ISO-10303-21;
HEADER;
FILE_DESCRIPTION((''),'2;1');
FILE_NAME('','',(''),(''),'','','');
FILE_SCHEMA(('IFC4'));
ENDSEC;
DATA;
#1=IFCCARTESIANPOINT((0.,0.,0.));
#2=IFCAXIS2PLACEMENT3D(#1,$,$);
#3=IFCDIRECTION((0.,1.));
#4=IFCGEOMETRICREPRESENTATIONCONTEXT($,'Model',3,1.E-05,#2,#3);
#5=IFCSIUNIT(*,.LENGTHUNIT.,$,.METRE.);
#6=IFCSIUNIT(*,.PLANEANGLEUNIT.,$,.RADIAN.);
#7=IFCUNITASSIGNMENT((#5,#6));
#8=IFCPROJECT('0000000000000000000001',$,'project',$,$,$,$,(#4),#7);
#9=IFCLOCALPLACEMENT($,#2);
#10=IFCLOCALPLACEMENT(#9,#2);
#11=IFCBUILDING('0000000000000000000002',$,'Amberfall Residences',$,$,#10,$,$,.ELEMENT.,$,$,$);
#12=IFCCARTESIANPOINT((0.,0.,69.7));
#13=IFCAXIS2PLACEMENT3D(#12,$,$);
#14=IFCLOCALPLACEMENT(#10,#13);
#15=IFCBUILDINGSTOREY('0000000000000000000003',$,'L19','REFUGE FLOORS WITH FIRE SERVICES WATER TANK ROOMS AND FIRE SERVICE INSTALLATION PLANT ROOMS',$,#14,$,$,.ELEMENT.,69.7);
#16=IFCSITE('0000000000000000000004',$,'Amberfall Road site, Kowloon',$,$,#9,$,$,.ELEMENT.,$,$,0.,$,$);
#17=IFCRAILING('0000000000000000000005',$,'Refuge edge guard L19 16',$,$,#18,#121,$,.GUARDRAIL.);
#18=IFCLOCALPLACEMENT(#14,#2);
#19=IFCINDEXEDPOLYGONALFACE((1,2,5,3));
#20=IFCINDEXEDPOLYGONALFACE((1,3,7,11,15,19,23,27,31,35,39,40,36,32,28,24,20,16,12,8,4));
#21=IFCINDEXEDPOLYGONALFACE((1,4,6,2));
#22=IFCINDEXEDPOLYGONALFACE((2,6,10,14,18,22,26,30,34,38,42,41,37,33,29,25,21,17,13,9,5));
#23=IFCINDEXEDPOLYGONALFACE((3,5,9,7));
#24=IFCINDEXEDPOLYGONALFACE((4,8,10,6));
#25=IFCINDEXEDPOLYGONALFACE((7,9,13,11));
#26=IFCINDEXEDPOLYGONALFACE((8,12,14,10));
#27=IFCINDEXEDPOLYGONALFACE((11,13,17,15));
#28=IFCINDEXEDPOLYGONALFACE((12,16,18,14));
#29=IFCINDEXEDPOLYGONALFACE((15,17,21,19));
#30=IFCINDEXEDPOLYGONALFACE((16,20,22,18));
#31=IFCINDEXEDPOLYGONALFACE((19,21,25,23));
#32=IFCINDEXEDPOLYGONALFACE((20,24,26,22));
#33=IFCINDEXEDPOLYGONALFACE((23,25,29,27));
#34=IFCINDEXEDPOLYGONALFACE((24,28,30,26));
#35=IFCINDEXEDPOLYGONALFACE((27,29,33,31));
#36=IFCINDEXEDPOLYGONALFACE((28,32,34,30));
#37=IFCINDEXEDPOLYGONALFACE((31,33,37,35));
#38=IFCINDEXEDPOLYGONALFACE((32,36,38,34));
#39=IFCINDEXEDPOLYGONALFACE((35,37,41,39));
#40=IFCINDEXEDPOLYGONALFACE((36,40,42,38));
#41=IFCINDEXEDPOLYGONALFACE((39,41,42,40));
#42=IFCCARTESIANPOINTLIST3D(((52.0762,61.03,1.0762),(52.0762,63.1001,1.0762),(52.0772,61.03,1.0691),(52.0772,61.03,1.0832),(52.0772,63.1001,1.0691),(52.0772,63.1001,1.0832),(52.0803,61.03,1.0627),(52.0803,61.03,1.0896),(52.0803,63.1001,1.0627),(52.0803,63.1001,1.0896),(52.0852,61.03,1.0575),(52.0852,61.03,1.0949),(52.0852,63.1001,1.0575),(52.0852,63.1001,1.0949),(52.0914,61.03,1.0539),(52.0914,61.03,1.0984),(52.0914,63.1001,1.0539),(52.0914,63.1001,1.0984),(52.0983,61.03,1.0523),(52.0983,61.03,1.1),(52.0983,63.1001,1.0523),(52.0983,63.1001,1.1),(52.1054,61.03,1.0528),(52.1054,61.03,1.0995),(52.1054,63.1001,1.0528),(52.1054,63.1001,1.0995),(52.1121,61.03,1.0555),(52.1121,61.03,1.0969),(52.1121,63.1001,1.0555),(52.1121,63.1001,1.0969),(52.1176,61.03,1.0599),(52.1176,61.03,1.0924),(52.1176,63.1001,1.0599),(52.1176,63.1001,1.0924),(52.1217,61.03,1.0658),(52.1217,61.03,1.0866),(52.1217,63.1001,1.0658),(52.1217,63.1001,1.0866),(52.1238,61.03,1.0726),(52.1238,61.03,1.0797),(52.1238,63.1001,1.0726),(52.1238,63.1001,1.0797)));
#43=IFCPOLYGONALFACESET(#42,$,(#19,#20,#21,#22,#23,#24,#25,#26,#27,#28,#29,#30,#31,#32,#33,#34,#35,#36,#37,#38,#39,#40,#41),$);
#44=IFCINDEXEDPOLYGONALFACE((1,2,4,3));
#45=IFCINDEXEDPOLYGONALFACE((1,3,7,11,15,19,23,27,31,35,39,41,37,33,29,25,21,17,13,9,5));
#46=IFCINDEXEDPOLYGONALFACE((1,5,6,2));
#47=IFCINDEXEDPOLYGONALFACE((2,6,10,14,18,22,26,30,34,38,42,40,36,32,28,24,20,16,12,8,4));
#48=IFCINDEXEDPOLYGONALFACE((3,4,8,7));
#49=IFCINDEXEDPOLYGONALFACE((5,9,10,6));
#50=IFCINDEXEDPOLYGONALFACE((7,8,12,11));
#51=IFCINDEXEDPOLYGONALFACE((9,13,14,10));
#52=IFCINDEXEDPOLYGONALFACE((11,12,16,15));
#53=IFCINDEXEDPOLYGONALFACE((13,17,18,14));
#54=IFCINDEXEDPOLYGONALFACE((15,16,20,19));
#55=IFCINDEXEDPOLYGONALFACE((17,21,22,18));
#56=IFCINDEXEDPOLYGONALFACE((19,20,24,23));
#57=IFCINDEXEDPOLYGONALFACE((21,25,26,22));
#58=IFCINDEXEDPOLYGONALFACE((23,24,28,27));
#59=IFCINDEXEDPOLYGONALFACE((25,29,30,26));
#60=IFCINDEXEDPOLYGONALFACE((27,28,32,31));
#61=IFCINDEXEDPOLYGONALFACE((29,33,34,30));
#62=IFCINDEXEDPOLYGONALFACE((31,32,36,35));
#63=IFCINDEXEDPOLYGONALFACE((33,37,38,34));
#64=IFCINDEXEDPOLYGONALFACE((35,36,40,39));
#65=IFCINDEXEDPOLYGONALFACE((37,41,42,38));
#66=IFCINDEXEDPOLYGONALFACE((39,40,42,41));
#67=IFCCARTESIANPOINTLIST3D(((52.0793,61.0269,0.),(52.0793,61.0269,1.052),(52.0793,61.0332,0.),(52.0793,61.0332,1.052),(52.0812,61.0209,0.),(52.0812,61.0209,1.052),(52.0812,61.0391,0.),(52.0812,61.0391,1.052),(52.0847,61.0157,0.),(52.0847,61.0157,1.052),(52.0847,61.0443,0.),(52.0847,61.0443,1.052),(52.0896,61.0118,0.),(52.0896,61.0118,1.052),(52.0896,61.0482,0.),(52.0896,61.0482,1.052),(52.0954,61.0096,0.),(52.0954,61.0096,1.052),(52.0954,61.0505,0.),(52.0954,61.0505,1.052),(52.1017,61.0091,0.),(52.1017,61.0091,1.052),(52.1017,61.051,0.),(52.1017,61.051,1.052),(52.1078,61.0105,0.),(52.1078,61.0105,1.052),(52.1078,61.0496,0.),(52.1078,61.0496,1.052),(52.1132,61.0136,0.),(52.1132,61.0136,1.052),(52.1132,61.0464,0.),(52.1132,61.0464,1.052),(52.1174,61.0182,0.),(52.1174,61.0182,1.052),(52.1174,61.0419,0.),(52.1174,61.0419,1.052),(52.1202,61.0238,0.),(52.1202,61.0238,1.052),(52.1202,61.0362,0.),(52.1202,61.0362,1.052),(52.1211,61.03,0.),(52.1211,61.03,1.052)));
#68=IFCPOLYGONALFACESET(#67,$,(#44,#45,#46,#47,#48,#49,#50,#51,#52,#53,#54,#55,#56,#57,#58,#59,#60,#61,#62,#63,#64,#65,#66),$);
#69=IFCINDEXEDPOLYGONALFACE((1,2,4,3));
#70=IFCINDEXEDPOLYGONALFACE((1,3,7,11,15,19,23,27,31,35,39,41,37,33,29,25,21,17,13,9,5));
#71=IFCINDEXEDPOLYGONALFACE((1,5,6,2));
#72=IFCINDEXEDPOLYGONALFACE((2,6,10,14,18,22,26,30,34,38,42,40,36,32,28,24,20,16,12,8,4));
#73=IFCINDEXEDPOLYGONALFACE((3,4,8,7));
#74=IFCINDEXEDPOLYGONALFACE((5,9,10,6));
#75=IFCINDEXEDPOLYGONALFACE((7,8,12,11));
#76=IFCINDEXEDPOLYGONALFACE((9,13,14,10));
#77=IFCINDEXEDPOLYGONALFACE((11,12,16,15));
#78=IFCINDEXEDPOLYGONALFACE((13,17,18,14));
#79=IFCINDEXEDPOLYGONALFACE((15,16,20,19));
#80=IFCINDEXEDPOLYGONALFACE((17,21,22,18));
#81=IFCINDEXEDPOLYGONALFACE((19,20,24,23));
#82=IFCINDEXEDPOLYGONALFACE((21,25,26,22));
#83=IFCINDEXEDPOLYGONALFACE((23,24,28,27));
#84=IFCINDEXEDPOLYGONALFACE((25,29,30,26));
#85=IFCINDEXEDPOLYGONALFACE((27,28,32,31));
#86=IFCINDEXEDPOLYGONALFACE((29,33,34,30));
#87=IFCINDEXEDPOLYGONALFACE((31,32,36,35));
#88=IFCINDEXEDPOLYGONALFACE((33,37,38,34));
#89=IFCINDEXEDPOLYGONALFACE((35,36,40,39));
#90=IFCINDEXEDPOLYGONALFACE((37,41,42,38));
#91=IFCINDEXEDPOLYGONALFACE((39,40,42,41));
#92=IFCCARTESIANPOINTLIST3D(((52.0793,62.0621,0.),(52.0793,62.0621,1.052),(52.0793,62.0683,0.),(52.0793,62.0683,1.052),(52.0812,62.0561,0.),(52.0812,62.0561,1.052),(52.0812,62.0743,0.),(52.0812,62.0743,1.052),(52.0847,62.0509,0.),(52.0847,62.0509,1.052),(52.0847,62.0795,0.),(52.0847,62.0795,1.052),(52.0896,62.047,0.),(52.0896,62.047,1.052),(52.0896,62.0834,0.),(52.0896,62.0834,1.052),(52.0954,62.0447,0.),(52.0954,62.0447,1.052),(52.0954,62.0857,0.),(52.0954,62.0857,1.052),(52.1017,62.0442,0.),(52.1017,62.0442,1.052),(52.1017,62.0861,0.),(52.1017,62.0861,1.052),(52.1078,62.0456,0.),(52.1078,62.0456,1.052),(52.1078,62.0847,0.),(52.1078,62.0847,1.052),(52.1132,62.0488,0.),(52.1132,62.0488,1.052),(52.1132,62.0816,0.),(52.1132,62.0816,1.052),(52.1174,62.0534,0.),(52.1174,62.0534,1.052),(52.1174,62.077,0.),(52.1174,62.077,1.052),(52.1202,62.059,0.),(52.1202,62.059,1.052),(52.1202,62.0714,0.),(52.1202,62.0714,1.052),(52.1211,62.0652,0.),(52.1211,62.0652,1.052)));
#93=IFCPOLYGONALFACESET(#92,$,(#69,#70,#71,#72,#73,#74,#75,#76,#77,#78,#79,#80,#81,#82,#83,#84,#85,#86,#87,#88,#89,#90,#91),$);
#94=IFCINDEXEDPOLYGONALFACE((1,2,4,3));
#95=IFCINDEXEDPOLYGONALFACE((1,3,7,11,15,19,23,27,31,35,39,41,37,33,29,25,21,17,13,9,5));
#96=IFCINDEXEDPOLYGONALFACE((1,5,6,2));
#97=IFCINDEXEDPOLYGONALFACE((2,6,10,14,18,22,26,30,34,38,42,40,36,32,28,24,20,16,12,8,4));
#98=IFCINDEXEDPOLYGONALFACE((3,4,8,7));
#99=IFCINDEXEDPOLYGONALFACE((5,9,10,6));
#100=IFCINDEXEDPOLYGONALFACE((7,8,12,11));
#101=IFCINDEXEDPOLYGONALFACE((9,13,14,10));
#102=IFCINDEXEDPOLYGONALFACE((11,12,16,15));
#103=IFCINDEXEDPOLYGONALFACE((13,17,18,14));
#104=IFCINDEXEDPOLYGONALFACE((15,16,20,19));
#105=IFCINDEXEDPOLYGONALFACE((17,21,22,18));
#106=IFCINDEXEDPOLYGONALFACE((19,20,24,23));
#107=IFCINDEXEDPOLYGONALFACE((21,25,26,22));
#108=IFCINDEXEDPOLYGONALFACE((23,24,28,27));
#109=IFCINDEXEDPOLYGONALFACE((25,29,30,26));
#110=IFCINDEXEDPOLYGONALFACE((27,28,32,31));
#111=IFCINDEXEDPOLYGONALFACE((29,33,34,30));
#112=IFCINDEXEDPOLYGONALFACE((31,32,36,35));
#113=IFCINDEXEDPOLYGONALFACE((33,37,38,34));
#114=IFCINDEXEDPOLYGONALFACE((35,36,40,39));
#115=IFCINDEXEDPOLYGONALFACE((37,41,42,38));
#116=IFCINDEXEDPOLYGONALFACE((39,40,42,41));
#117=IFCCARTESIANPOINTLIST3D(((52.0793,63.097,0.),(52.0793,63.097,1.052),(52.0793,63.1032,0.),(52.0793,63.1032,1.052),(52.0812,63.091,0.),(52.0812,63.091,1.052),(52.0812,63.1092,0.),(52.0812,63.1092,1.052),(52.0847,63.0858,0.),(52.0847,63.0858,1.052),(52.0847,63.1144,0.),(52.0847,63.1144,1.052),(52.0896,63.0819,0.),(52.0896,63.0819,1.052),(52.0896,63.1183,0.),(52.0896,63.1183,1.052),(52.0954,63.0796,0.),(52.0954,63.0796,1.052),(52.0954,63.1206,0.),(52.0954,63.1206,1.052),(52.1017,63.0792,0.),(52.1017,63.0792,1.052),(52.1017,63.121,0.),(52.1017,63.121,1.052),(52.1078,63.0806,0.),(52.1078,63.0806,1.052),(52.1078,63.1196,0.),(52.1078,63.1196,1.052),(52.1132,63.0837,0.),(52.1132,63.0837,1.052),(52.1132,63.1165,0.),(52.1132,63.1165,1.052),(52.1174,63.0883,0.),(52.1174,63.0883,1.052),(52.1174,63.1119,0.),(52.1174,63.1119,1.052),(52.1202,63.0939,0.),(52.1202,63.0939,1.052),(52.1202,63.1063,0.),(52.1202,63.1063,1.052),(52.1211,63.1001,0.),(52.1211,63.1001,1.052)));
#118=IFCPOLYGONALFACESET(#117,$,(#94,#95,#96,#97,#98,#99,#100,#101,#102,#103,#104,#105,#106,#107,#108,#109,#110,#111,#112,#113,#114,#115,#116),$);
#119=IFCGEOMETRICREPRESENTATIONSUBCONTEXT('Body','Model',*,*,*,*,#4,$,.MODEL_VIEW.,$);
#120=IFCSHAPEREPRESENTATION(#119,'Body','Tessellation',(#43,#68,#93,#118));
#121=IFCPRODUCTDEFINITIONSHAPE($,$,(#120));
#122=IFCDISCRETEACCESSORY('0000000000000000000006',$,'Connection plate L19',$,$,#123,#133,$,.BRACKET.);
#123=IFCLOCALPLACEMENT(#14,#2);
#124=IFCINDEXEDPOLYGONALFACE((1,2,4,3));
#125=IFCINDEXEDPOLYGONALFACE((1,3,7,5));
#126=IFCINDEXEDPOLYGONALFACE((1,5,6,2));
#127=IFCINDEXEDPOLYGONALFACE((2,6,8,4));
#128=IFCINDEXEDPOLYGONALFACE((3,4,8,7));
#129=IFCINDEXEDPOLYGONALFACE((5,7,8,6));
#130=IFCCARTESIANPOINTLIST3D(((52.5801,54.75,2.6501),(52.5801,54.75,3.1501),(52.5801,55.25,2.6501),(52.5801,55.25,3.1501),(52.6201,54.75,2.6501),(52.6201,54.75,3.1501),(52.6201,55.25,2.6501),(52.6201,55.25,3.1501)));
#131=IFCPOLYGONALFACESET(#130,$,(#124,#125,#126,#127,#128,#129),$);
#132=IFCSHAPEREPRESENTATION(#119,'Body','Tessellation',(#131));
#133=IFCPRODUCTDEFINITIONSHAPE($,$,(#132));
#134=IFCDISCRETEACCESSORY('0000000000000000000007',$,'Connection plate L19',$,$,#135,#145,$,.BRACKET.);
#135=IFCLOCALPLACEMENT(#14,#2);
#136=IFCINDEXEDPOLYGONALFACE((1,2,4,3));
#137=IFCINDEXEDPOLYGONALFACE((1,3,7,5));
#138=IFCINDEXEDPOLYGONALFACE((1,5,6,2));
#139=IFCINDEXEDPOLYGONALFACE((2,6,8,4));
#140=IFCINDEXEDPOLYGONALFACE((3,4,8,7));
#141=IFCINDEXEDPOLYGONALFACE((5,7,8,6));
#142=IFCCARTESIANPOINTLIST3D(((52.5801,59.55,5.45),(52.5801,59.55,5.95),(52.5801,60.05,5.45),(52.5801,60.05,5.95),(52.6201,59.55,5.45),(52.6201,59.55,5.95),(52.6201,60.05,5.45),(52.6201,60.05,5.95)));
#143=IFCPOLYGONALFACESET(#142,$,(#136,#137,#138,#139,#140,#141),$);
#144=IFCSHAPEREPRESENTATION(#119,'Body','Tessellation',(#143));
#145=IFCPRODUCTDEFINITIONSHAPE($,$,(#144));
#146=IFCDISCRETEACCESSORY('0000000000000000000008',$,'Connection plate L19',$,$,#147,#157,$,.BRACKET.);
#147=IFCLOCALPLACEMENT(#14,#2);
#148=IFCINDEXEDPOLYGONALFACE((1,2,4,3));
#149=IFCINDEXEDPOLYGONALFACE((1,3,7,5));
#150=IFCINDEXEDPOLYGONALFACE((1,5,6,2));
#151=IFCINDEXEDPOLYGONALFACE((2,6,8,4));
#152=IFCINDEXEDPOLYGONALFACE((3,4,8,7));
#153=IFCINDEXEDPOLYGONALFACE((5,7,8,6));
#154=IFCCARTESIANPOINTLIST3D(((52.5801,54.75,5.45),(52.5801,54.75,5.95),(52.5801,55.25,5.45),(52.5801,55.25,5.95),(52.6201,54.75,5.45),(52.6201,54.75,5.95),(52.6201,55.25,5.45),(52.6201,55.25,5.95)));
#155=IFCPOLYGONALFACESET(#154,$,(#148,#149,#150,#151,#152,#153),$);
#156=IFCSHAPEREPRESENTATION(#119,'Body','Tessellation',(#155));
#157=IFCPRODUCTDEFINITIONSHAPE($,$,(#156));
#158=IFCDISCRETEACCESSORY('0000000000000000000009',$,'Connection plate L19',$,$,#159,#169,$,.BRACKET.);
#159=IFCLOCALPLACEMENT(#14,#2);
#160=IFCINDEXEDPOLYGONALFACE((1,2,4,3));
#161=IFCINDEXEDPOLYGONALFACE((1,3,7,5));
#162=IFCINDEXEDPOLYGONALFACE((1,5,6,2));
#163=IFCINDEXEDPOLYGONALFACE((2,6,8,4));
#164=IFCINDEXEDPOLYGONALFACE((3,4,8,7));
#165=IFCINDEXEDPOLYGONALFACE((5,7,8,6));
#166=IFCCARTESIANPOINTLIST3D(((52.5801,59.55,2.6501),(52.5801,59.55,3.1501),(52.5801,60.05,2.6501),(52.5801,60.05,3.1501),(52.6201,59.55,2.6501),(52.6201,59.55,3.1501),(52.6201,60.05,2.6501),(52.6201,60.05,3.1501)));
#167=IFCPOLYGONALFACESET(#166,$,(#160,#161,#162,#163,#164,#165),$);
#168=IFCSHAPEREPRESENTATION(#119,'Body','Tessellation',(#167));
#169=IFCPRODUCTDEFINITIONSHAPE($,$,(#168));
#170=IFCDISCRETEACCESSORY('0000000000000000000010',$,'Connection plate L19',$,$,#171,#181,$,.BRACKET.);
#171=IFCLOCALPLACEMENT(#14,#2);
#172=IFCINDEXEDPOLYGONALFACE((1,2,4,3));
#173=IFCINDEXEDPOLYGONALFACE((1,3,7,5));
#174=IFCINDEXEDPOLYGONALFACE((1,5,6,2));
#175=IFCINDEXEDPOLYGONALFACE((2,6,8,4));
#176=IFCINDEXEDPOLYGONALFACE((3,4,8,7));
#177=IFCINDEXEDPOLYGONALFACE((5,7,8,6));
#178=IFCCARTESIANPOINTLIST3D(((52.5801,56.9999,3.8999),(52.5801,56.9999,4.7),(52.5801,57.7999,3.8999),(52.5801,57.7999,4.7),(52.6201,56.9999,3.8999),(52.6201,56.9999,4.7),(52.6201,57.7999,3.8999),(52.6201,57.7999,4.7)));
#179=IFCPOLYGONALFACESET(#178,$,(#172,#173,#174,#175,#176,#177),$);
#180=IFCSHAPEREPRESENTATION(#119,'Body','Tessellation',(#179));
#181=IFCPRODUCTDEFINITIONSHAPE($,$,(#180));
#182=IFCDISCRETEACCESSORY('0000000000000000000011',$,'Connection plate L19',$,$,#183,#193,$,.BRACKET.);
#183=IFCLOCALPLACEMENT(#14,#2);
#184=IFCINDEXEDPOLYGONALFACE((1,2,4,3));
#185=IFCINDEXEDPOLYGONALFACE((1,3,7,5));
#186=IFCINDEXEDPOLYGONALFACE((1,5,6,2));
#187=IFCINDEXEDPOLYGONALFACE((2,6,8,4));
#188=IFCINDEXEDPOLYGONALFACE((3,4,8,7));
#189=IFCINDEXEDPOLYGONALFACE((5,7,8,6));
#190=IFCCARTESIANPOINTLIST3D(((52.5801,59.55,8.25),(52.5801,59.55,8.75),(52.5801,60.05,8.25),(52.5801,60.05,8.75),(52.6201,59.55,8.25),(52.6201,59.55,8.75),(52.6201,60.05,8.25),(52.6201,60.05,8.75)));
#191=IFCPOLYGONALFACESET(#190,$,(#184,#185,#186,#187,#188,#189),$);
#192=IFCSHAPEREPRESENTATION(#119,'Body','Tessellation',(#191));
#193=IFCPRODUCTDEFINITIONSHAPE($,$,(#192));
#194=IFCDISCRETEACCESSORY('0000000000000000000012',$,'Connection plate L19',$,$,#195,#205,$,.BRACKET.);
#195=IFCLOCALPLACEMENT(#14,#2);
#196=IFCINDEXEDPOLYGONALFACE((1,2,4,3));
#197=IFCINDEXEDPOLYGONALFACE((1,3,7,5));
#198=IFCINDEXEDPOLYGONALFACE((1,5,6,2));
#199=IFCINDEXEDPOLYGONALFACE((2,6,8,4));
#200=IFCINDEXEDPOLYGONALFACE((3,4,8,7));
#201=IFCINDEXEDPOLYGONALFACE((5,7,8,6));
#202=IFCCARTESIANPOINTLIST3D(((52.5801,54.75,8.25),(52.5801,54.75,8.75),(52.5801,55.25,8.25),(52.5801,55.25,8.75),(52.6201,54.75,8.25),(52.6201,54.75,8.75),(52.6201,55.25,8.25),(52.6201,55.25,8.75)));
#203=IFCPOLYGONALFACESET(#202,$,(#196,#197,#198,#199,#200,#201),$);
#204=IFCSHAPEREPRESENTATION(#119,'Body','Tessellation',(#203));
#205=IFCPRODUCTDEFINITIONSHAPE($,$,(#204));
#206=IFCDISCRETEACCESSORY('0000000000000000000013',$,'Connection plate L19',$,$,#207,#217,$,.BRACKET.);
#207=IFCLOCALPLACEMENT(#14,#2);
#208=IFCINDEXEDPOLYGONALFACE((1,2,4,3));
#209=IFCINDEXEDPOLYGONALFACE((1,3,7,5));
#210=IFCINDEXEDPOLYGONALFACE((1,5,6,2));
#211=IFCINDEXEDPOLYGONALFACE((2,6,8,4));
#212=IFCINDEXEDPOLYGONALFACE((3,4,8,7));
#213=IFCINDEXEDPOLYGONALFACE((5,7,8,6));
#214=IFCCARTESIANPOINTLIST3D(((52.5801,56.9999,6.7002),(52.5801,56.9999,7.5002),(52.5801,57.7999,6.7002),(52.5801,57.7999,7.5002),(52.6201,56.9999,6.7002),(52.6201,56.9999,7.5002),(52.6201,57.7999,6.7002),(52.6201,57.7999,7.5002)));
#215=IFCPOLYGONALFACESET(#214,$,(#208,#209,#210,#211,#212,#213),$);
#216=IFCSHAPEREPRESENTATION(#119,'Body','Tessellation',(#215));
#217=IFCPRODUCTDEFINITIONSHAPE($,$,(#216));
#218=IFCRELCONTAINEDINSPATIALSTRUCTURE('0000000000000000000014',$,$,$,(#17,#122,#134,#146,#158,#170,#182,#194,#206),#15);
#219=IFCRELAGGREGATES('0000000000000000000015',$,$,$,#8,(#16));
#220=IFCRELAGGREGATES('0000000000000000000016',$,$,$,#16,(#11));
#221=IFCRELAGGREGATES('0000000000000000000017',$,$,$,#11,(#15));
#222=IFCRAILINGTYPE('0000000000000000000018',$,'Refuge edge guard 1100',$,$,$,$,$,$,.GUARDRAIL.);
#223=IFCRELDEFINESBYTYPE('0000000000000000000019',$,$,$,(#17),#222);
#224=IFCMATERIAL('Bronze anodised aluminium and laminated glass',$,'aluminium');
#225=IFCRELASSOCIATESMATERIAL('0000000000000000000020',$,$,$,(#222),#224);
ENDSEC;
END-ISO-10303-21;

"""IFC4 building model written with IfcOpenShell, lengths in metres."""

from ifc_helpers import new_model, si_unit, direction, frame, origin, origin_2d, place, context, subcontext, project, spatial, rectangle, circle, extrude, material, type_object, element, save


model = new_model("IFC4")

# Units and contexts
model_context = context("Model", 3, precision=1e-05, world=origin(), true_north=direction((0.0, 1.0)))
body_context = subcontext(model_context, "Body", "Model", "MODEL_VIEW")
ifc_project = project(units=[si_unit("LENGTHUNIT", "METRE"), si_unit("PLANEANGLEUNIT", "RADIAN")], contexts=[model_context])

# Site, building, storey
site_placement = place(None, origin())
site = spatial("IfcSite", under=ifc_project, at=site_placement, Name="Amberfall Road site, Kowloon", CompositionType="ELEMENT", RefElevation=0.0)
building_placement = place(site_placement, origin())
building = spatial("IfcBuilding", under=site, at=building_placement, Name="Amberfall Residences", CompositionType="ELEMENT")
storey_placement = place(building_placement, frame((0.0, 0.0, 69.7)))
storey = spatial("IfcBuildingStorey", under=building, at=storey_placement, Name="L19", Description="REFUGE FLOORS WITH FIRE SERVICES WATER TANK ROOMS AND FIRE SERVICE INSTALLATION PLANT ROOMS", CompositionType="ELEMENT", Elevation=69.7)

# Railing
ifc_material_1 = material(Name="Bronze anodised aluminium and laminated glass", Category="aluminium")
railing_type = type_object("IfcRailingType", Name="Refuge edge guard 1100", PredefinedType="GUARDRAIL", material=ifc_material_1)
railing_1_placement = place(storey_placement, frame((52.1001, 61.03, 0.0)))
element("IfcRailing", 1, at=railing_1_placement, inside=storey, type_object=railing_type, Name="Refuge edge guard L19 16", PredefinedType="GUARDRAIL", context=body_context, shape_type="SweptSolid", body=[
    extrude(circle(Radius=0.0239, at=origin_2d()), frame((0.0, 0.0, 1.0762), z_axis=(0.0, 1.0, 0.0), x_axis=(-1.0, 0.0, 0.0)), (0.0, 0.0, 1.0), 2.0701),
    extrude(circle(Radius=0.021, at=origin_2d()), origin(), (0.0, 0.0, 1.0), 1.052),
    extrude(circle(Radius=0.021, at=origin_2d()), frame((0.0, 1.0352, 0.0)), (0.0, 0.0, 1.0), 1.052),
    extrude(circle(Radius=0.021, at=origin_2d()), frame((0.0, 2.0701, 0.0)), (0.0, 0.0, 1.0), 1.052),
])

# Discrete accessories
for number, where, z_axis, x_axis, name in (
    (2, (52.6001, 55.0, 2.6501), (0.0, 0.0, 1.0), (0.0, 1.0, 0.0), "Connection plate L19"),
    (3, (52.6001, 59.8, 5.45), (0.0, 0.0, 1.0), (0.0, 1.0, 0.0), "Connection plate L19"),
    (4, (52.6001, 55.0, 5.45), (0.0, 0.0, 1.0), (0.0, 1.0, 0.0), "Connection plate L19"),
    (5, (52.6001, 59.8, 2.6501), (0.0, 0.0, 1.0), (0.0, 1.0, 0.0), "Connection plate L19"),
):
    element("IfcDiscreteAccessory", number, at=place(storey_placement, frame(where, z_axis=z_axis, x_axis=x_axis)), inside=storey, Name=name, PredefinedType="BRACKET", context=body_context, shape_type="SweptSolid", body=[
        extrude(rectangle(XDim=0.5, YDim=0.04, at=origin_2d()), origin(), (0.0, 0.0, 1.0), 0.5),
    ])
discrete_accessory_1_placement = place(storey_placement, frame((52.6001, 57.3999, 3.8999), z_axis=(0.0, 0.0, 1.0), x_axis=(0.0, 1.0, 0.0)))
element("IfcDiscreteAccessory", 6, at=discrete_accessory_1_placement, inside=storey, Name="Connection plate L19", PredefinedType="BRACKET", context=body_context, shape_type="SweptSolid", body=[
    extrude(rectangle(XDim=0.8, YDim=0.04, at=origin_2d()), origin(), (0.0, 0.0, 1.0), 0.8),
])
for number, where, z_axis, x_axis, name in (
    (7, (52.6001, 59.8, 8.25), (0.0, 0.0, 1.0), (0.0, 1.0, 0.0), "Connection plate L19"),
    (8, (52.6001, 55.0, 8.25), (0.0, 0.0, 1.0), (0.0, 1.0, 0.0), "Connection plate L19"),
):
    element("IfcDiscreteAccessory", number, at=place(storey_placement, frame(where, z_axis=z_axis, x_axis=x_axis)), inside=storey, Name=name, PredefinedType="BRACKET", context=body_context, shape_type="SweptSolid", body=[
        extrude(rectangle(XDim=0.5, YDim=0.04, at=origin_2d()), origin(), (0.0, 0.0, 1.0), 0.5),
    ])
discrete_accessory_2_placement = place(storey_placement, frame((52.6001, 57.3999, 6.7002), z_axis=(0.0, 0.0, 1.0), x_axis=(0.0, 1.0, 0.0)))
element("IfcDiscreteAccessory", 9, at=discrete_accessory_2_placement, inside=storey, Name="Connection plate L19", PredefinedType="BRACKET", context=body_context, shape_type="SweptSolid", body=[
    extrude(rectangle(XDim=0.8, YDim=0.04, at=origin_2d()), origin(), (0.0, 0.0, 1.0), 0.8),
])

save(model, "model.ifc")
